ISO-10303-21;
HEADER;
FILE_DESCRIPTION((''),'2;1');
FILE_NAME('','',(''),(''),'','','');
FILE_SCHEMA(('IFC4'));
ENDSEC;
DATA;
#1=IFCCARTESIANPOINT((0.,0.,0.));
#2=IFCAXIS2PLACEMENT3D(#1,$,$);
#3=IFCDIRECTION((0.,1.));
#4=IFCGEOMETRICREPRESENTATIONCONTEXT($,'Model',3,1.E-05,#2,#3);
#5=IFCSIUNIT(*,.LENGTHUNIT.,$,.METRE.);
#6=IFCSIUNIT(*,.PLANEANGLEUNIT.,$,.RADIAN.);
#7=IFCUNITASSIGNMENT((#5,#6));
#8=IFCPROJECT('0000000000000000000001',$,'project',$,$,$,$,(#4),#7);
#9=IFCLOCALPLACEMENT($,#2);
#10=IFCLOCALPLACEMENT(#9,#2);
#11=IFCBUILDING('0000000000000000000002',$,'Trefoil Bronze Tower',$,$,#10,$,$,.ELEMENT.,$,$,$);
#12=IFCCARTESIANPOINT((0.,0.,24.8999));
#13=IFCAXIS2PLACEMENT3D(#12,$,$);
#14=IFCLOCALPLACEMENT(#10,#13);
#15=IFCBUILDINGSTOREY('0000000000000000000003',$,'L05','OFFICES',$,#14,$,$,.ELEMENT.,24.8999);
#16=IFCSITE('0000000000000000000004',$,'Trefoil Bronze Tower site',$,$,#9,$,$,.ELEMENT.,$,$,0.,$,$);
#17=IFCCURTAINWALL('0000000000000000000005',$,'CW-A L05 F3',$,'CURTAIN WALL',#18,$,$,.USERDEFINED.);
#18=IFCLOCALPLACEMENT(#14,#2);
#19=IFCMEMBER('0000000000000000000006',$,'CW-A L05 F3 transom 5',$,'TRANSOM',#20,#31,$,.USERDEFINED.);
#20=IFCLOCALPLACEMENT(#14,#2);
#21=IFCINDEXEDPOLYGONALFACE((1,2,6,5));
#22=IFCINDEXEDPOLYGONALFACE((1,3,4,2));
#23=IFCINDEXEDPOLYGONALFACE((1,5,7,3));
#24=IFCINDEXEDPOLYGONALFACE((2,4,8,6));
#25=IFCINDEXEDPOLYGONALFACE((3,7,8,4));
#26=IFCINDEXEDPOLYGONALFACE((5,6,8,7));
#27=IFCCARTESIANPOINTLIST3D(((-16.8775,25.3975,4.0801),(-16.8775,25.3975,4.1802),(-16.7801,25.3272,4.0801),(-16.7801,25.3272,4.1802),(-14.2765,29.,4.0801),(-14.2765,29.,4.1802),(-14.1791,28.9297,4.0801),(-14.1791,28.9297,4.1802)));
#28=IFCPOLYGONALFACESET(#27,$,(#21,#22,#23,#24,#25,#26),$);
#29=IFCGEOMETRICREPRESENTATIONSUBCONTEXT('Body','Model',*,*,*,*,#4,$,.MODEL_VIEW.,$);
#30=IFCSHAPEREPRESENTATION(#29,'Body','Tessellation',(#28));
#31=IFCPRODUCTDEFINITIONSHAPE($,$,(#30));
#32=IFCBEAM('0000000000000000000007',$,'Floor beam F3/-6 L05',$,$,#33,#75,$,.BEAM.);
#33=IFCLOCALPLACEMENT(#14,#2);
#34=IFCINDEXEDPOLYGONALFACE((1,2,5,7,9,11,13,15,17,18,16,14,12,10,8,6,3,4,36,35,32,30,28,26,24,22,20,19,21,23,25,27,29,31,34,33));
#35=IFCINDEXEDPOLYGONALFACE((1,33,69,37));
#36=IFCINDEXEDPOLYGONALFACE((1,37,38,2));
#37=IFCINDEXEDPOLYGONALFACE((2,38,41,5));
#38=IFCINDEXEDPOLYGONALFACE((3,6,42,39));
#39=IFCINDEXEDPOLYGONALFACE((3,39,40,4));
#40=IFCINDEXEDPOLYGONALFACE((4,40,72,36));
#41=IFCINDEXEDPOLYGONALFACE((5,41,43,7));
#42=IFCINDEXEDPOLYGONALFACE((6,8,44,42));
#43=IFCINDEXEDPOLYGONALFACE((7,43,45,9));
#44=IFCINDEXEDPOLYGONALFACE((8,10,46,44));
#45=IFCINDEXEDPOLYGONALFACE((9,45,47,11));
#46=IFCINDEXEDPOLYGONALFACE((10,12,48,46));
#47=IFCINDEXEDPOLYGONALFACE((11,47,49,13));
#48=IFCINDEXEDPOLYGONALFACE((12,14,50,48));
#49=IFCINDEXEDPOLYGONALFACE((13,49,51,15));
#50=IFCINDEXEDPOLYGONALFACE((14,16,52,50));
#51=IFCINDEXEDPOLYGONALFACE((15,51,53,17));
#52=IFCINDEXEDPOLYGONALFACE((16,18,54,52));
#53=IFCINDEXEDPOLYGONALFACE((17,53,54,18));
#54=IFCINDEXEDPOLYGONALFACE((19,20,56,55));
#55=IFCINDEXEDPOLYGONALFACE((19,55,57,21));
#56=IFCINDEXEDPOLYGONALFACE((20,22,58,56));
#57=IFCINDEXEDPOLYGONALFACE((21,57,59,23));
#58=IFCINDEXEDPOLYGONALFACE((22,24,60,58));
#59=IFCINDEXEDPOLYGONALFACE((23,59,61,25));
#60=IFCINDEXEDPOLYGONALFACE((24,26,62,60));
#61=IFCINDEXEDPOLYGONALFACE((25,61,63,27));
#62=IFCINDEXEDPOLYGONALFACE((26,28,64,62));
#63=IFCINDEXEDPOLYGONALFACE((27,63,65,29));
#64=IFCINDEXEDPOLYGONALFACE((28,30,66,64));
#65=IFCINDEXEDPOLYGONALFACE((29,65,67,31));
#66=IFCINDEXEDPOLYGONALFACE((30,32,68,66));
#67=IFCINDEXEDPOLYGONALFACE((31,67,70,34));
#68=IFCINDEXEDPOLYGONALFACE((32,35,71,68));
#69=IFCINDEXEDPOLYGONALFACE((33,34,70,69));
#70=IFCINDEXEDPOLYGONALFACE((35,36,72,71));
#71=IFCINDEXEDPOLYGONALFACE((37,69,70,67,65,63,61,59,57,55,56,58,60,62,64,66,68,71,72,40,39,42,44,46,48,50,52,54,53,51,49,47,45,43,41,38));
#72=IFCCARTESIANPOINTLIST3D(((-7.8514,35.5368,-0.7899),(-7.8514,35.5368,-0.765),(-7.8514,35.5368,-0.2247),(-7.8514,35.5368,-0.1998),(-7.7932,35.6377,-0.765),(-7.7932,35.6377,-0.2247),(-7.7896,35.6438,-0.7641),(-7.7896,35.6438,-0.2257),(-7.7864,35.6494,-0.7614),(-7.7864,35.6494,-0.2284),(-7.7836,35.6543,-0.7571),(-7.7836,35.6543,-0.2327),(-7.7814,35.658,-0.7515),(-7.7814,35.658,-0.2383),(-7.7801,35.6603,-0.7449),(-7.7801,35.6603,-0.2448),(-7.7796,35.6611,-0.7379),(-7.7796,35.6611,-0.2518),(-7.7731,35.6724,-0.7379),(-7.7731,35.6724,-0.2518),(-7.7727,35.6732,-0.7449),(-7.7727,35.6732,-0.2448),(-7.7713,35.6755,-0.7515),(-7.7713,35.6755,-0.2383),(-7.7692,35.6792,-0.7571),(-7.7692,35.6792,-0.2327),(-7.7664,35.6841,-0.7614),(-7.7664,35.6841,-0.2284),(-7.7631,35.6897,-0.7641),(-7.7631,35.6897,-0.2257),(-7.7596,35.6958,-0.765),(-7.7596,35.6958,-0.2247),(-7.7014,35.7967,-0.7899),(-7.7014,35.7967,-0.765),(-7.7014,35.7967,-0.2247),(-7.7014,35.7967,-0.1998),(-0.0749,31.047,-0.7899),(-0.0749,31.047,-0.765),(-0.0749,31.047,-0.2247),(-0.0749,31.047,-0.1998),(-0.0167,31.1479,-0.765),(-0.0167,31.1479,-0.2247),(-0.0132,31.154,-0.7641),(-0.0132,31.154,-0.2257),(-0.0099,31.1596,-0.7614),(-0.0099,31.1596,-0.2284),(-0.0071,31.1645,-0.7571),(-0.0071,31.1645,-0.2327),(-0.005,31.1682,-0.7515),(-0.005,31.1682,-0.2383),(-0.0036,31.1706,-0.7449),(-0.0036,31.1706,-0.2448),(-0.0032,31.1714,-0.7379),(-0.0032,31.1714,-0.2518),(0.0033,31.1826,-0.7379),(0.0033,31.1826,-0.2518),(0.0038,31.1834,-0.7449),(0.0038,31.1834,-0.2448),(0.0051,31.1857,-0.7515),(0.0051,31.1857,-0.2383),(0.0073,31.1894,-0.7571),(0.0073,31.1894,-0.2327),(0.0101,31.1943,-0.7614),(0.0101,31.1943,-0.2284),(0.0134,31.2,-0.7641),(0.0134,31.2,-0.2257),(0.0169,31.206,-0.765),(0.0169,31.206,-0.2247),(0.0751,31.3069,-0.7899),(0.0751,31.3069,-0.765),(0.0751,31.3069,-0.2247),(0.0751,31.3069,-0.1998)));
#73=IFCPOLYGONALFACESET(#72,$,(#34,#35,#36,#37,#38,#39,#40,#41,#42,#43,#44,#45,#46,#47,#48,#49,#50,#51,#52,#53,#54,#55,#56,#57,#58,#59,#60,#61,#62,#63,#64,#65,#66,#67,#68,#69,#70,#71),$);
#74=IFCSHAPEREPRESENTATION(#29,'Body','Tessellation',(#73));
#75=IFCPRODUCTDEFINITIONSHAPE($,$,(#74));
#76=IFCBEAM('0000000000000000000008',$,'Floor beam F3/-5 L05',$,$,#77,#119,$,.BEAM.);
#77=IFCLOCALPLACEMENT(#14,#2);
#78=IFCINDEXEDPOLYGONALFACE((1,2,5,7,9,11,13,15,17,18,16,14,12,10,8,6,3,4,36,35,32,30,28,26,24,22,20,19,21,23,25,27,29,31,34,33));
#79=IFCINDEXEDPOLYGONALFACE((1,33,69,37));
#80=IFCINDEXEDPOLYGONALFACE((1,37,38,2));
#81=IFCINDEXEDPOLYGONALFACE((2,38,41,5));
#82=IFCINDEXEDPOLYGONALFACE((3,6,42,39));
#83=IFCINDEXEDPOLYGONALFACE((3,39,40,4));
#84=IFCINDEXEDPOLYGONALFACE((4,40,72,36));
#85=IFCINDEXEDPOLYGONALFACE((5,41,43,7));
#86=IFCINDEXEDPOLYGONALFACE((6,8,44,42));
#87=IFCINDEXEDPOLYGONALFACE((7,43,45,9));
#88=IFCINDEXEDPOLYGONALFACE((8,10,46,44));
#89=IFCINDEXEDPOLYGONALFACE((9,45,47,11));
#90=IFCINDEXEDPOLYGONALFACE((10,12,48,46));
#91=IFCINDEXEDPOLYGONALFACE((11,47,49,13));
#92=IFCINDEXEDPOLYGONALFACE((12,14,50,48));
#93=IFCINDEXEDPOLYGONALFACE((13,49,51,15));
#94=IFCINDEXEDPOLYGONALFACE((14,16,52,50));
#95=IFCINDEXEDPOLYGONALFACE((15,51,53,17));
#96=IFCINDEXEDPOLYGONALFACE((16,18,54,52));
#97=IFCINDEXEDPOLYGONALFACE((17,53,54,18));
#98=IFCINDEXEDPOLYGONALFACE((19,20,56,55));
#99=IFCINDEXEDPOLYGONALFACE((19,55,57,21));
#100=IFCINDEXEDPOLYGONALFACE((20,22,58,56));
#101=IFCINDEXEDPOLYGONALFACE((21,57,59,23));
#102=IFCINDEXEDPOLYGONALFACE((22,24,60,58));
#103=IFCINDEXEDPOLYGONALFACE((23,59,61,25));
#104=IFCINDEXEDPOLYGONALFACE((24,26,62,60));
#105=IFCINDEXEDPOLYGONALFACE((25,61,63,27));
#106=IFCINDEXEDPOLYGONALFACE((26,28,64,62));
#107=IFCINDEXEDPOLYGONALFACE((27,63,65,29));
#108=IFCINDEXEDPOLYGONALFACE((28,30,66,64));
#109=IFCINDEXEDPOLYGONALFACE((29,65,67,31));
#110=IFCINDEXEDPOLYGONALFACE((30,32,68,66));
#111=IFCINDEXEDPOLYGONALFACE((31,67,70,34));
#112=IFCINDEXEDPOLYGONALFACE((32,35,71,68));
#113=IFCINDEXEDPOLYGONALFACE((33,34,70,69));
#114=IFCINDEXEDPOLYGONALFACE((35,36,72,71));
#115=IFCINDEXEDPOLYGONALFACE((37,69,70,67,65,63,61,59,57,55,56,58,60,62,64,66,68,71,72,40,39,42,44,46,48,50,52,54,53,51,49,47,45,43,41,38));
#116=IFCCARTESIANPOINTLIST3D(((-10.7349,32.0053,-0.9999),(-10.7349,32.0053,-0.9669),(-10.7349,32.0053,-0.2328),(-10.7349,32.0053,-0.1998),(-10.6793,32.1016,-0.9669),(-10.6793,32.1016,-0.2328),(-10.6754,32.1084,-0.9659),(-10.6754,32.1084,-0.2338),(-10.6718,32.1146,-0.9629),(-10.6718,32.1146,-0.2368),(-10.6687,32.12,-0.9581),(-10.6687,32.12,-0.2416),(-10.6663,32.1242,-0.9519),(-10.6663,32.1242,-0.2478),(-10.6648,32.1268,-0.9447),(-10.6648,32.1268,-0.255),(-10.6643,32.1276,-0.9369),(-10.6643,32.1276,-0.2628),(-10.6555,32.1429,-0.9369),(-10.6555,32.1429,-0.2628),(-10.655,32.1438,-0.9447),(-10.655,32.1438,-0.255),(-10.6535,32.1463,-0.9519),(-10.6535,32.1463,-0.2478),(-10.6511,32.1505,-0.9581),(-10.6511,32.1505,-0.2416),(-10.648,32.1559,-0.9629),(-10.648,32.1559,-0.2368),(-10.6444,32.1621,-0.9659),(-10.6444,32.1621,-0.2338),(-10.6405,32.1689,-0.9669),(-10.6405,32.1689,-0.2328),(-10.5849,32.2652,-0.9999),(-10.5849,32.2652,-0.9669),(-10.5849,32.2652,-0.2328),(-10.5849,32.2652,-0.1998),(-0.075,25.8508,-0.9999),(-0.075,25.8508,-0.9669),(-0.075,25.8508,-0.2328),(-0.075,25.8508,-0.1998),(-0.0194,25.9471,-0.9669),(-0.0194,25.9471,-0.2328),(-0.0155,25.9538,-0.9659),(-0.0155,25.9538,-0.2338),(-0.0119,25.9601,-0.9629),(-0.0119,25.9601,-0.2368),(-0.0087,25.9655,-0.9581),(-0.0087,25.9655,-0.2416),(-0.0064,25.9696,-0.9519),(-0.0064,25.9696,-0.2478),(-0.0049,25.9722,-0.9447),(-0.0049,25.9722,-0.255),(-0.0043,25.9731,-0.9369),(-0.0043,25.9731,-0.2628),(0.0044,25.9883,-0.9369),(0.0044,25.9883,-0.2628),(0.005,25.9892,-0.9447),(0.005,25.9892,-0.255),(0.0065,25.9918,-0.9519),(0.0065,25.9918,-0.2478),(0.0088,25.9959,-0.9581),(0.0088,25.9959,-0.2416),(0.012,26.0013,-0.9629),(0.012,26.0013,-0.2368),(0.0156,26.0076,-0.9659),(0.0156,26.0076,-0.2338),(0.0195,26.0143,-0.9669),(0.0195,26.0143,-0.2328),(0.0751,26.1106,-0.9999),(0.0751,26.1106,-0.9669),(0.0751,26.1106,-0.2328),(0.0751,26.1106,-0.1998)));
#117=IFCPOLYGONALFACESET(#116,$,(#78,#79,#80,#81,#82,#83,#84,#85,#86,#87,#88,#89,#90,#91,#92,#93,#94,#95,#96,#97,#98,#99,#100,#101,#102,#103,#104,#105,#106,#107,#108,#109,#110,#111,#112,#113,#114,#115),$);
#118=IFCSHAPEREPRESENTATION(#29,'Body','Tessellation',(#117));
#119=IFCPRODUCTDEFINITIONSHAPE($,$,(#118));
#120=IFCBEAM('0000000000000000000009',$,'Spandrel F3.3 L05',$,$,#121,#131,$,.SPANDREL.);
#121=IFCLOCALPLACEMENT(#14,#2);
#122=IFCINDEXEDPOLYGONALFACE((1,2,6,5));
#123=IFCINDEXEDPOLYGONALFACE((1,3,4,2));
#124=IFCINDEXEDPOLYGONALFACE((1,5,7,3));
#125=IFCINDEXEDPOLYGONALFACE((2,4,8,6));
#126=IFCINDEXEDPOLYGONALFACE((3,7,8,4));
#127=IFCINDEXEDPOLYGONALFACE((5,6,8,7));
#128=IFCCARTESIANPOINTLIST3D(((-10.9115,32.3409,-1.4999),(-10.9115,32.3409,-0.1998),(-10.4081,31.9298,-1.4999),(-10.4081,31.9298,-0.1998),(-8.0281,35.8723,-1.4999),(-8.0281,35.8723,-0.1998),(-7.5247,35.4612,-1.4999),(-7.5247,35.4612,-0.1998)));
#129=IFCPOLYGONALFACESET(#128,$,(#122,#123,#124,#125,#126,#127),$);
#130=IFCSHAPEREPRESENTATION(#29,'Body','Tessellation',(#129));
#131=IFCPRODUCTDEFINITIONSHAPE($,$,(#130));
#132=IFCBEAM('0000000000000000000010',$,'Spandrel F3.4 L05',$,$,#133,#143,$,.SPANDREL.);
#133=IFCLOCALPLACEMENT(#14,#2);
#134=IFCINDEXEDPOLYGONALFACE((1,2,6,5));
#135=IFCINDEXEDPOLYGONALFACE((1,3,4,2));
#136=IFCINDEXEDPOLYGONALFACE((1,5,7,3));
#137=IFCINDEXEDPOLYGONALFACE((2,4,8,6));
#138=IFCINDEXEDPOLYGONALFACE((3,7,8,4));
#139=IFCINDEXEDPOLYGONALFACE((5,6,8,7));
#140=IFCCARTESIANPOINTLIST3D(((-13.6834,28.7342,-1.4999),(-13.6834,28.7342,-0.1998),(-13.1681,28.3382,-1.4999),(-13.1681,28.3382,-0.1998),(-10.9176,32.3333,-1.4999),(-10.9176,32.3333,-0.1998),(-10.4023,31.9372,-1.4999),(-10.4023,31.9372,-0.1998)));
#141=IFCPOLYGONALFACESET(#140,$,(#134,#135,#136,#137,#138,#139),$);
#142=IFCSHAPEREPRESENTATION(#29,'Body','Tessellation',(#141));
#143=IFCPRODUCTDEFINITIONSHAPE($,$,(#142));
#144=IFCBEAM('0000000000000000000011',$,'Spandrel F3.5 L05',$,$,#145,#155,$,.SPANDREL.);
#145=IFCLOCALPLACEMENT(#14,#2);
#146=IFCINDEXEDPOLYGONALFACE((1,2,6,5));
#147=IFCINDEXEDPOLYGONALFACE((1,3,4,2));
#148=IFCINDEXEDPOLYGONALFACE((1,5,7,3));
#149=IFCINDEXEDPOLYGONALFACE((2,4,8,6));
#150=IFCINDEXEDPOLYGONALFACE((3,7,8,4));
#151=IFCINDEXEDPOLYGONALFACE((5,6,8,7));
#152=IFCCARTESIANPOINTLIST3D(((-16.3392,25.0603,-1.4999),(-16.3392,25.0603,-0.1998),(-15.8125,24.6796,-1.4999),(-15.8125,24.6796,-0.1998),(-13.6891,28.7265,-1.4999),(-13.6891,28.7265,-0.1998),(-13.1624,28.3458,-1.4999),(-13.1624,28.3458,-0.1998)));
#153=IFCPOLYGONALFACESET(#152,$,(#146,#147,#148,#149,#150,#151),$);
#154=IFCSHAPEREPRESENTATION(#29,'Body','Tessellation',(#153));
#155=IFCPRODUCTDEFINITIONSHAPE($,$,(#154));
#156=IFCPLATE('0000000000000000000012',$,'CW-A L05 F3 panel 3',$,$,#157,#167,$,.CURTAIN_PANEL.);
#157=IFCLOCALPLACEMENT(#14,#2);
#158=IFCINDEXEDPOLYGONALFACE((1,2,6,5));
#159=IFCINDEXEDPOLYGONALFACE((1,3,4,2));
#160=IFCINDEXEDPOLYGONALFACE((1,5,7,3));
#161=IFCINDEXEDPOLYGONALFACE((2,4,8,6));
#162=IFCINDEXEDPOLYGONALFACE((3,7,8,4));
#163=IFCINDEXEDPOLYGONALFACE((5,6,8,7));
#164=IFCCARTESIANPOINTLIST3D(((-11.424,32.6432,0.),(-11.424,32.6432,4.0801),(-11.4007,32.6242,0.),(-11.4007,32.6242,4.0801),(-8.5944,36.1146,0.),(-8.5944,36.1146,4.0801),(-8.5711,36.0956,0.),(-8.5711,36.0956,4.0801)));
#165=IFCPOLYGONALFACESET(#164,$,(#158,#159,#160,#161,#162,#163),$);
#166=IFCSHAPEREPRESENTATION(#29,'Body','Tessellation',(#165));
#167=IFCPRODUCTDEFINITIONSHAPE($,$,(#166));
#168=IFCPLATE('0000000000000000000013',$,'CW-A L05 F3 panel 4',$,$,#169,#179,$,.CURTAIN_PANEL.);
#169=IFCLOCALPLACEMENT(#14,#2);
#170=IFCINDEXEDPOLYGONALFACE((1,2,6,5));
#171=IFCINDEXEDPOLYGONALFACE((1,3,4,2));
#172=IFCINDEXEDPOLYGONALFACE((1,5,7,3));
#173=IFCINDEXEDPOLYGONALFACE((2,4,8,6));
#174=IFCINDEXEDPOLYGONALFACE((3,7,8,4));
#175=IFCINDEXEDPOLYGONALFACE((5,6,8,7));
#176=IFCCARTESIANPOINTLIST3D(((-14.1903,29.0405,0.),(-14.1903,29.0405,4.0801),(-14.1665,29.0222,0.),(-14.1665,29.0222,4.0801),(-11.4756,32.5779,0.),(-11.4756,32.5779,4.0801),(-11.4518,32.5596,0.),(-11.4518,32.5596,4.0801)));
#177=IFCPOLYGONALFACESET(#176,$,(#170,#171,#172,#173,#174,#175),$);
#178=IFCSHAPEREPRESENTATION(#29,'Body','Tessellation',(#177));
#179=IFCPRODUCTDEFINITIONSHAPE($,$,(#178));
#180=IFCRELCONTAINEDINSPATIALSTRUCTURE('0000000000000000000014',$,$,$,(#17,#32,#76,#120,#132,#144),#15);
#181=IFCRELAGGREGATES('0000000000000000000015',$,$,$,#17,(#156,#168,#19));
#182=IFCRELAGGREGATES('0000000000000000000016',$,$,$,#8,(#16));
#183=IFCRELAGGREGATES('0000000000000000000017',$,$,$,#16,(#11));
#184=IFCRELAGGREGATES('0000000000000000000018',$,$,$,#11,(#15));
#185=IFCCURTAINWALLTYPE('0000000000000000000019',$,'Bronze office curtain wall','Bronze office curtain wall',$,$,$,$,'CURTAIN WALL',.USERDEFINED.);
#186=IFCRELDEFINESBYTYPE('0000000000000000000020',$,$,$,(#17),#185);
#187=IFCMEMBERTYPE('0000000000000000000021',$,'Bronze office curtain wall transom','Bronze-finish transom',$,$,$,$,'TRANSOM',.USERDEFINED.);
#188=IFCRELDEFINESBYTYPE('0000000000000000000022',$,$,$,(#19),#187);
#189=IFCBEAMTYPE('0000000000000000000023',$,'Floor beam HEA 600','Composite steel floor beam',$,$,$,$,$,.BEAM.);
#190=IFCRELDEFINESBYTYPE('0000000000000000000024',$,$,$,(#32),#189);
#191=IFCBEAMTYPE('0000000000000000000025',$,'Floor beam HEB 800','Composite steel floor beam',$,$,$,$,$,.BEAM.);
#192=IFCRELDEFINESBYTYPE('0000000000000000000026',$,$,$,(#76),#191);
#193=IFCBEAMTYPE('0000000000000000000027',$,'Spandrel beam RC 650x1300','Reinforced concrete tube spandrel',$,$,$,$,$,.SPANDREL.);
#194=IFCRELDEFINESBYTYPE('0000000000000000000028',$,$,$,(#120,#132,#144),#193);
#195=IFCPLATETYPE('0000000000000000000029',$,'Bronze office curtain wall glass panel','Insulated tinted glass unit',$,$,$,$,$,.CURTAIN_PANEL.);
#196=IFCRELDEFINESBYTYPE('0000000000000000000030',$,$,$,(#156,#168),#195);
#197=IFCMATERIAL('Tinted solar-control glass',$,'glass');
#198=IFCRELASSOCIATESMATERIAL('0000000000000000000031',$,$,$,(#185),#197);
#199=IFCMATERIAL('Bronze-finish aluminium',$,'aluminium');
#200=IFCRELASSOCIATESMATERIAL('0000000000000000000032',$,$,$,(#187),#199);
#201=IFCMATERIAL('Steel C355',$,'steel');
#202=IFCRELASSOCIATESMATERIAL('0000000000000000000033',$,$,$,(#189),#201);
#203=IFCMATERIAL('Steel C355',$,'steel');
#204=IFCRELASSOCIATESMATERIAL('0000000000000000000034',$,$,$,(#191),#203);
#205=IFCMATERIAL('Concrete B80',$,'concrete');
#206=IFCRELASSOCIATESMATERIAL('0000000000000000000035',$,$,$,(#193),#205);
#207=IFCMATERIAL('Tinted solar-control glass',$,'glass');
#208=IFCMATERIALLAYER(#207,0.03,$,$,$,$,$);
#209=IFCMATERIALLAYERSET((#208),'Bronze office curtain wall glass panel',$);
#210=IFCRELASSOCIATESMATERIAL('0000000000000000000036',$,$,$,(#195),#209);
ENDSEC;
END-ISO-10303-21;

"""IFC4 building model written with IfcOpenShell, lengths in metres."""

from ifc_helpers import new_model, si_unit, direction, frame, origin, origin_2d, place, context, subcontext, project, spatial, rectangle, i_section, extrude, material, layer, layer_set, material_profile, profile_set, type_object, element, aggregate, save


model = new_model("IFC4")

# Units and contexts
model_context = context("Model", 3, precision=1e-05, world=origin(), true_north=direction((0.0, 1.0)))
body_context = subcontext(model_context, "Body", "Model", "MODEL_VIEW")
ifc_project = project(units=[si_unit("LENGTHUNIT", "METRE"), si_unit("PLANEANGLEUNIT", "RADIAN")], contexts=[model_context])

# Site, building, storey
site_placement = place(None, origin())
site = spatial("IfcSite", under=ifc_project, at=site_placement, Name="Trefoil Bronze Tower site", CompositionType="ELEMENT", RefElevation=0.0)
building_placement = place(site_placement, origin())
building = spatial("IfcBuilding", under=site, at=building_placement, Name="Trefoil Bronze Tower", CompositionType="ELEMENT")
storey_placement = place(building_placement, frame((0.0, 0.0, 24.8999)))
storey = spatial("IfcBuildingStorey", under=building, at=storey_placement, Name="L05", Description="OFFICES", CompositionType="ELEMENT", Elevation=24.8999)

# Curtain wall, member
ifc_material_1 = material(Name="Tinted solar-control glass", Category="glass")
curtain_wall_type = type_object("IfcCurtainWallType", Name="Bronze office curtain wall", Description="Bronze office curtain wall", ElementType="CURTAIN WALL", PredefinedType="USERDEFINED", material=ifc_material_1)
curtain_wall_placement = place(storey_placement, origin())
curtain_wall = element("IfcCurtainWall", 1, at=curtain_wall_placement, inside=storey, type_object=curtain_wall_type, Name="CW-A L05 F3", ObjectType="CURTAIN WALL", PredefinedType="USERDEFINED")
ifc_material_2 = material(Name="Bronze-finish aluminium", Category="aluminium")
ifc_material_profile_1 = material_profile(ifc_material_2, rectangle(XDim=0.1201, YDim=0.1001, at=origin_2d()), Name="CW-A transom")
ifc_profile_set_1 = profile_set([ifc_material_profile_1], Name="Bronze-finish aluminium")
member_type_1 = type_object("IfcMemberType", Name="Bronze office curtain wall transom", Description="Bronze-finish transom", ElementType="TRANSOM", PredefinedType="USERDEFINED", material=ifc_profile_set_1)
member_1_placement = place(storey_placement, frame((-14.2278, 28.9648, 4.1301), z_axis=(-0.585378, -0.81076, 0.0), x_axis=(0.81076, -0.585378, 0.0)))
member_1 = element("IfcMember", 2, at=member_1_placement, type_object=member_type_1, Name="CW-A L05 F3 transom 5", ObjectType="TRANSOM", PredefinedType="USERDEFINED", context=body_context, shape_type="SweptSolid", body=[
    extrude(rectangle(XDim=0.1201, YDim=0.1001, at=origin_2d()), origin(), (0.0, 0.0, 1.0), 4.4434),
])

# Beams
ifc_material_3 = material(Name="Steel C355", Category="steel")
ifc_material_profile_2 = material_profile(ifc_material_3, i_section(OverallWidth=0.3, OverallDepth=0.5901, WebThickness=0.0129, FlangeThickness=0.0249, FilletRadius=0.0271, at=origin_2d()), Name="HEA 600")
ifc_profile_set_2 = profile_set([ifc_material_profile_2], Name="Steel C355")
beam_type_1 = type_object("IfcBeamType", Name="Floor beam HEA 600", Description="Composite steel floor beam", PredefinedType="BEAM", material=ifc_profile_set_2)
beam_1_placement = place(storey_placement, frame((-7.7764, 35.6667, -0.4949), z_axis=(0.866023, -0.500005, 0.0), x_axis=(0.500005, 0.866023, 0.0)))
element("IfcBeam", 3, at=beam_1_placement, inside=storey, type_object=beam_type_1, Name="Floor beam F3/-6 L05", PredefinedType="BEAM", context=body_context, shape_type="SweptSolid", body=[
    extrude(i_section(OverallWidth=0.3, OverallDepth=0.5901, WebThickness=0.0129, FlangeThickness=0.0249, FilletRadius=0.0271, at=origin_2d()), origin(), (0.0, 0.0, 1.0), 8.9795),
])
ifc_material_4 = material(Name="Steel C355", Category="steel")
ifc_material_profile_3 = material_profile(ifc_material_4, i_section(OverallWidth=0.3, OverallDepth=0.8, WebThickness=0.0176, FlangeThickness=0.033, FilletRadius=0.03, at=origin_2d()), Name="HEB 800")
ifc_profile_set_3 = profile_set([ifc_material_profile_3], Name="Steel C355")
beam_type_2 = type_object("IfcBeamType", Name="Floor beam HEB 800", Description="Composite steel floor beam", PredefinedType="BEAM", material=ifc_profile_set_3)
beam_2_placement = place(storey_placement, frame((-10.6599, 32.1353, -0.5999), z_axis=(0.866024, -0.500002, 0.0), x_axis=(0.500002, 0.866024, 0.0)))
element("IfcBeam", 4, at=beam_2_placement, inside=storey, type_object=beam_type_2, Name="Floor beam F3/-5 L05", PredefinedType="BEAM", context=body_context, shape_type="SweptSolid", body=[
    extrude(i_section(OverallWidth=0.3, OverallDepth=0.8, WebThickness=0.0176, FlangeThickness=0.033, FilletRadius=0.03, at=origin_2d()), origin(), (0.0, 0.0, 1.0), 12.3091),
])
ifc_material_5 = material(Name="Concrete B80", Category="concrete")
ifc_material_profile_4 = material_profile(ifc_material_5, rectangle(XDim=0.6499, YDim=1.3, at=origin_2d()), Name="RC 650x1300")
ifc_profile_set_4 = profile_set([ifc_material_profile_4], Name="Concrete B80")
beam_type_3 = type_object("IfcBeamType", Name="Spandrel beam RC 650x1300", Description="Reinforced concrete tube spandrel", PredefinedType="SPANDREL", material=ifc_profile_set_4)
beam_3_placement = place(storey_placement, frame((-7.7764, 35.6667, -0.8499), z_axis=(-0.632468, -0.774587, 0.0), x_axis=(0.774587, -0.632468, 0.0)))
element("IfcBeam", 5, at=beam_3_placement, inside=storey, type_object=beam_type_3, Name="Spandrel F3.3 L05", PredefinedType="SPANDREL", context=body_context, shape_type="SweptSolid", body=[
    extrude(rectangle(XDim=0.6499, YDim=1.3, at=origin_2d()), origin(), (0.0, 0.0, 1.0), 4.5591),
])
beam_4_placement = place(storey_placement, frame((-10.6599, 32.1353, -0.8499), z_axis=(-0.609339, -0.79291, 0.0), x_axis=(0.79291, -0.609339, 0.0)))
element("IfcBeam", 6, at=beam_4_placement, inside=storey, type_object=beam_type_3, Name="Spandrel F3.4 L05", PredefinedType="SPANDREL", context=body_context, shape_type="SweptSolid", body=[
    extrude(rectangle(XDim=0.6499, YDim=1.3, at=origin_2d()), origin(), (0.0, 0.0, 1.0), 4.5391),
])
beam_5_placement = place(storey_placement, frame((-13.4258, 28.5361, -0.8499), z_axis=(-0.585824, -0.810439, 0.0), x_axis=(0.810439, -0.585824, 0.0)))
element("IfcBeam", 7, at=beam_5_placement, inside=storey, type_object=beam_type_3, Name="Spandrel F3.5 L05", PredefinedType="SPANDREL", context=body_context, shape_type="SweptSolid", body=[
    extrude(rectangle(XDim=0.6499, YDim=1.3, at=origin_2d()), origin(), (0.0, 0.0, 1.0), 4.5237),
])

# Plates
ifc_material_6 = material(Name="Tinted solar-control glass", Category="glass")
ifc_layer_1 = layer(ifc_material_6, 0.03)
ifc_layer_set_1 = layer_set([ifc_layer_1], Name="Bronze office curtain wall glass panel")
plate_type = type_object("IfcPlateType", Name="Bronze office curtain wall glass panel", Description="Insulated tinted glass unit", PredefinedType="CURTAIN_PANEL", material=ifc_layer_set_1)
plate_1_placement = place(storey_placement, frame((-9.9976, 34.3694, 0.0), z_axis=(0.0, 0.0, 1.0), x_axis=(-0.631811, -0.775123, 0.0)))
plate_1 = element("IfcPlate", 8, at=plate_1_placement, type_object=plate_type, Name="CW-A L05 F3 panel 3", PredefinedType="CURTAIN_PANEL", context=body_context, shape_type="SweptSolid", body=[
    extrude(rectangle(XDim=4.4785, YDim=0.03, at=origin_2d()), origin(), (0.0, 0.0, 1.0), 4.0801),
])
plate_2_placement = place(storey_placement, frame((-12.821, 30.8, 0.0), z_axis=(0.0, 0.0, 1.0), x_axis=(-0.608808, -0.793318, 0.0)))
plate_2 = element("IfcPlate", 9, at=plate_2_placement, type_object=plate_type, Name="CW-A L05 F3 panel 4", PredefinedType="CURTAIN_PANEL", context=body_context, shape_type="SweptSolid", body=[
    extrude(rectangle(XDim=4.459, YDim=0.03, at=origin_2d()), origin(), (0.0, 0.0, 1.0), 4.0801),
])
aggregate(curtain_wall, [plate_1, plate_2, member_1])

save(model, "model.ifc")
